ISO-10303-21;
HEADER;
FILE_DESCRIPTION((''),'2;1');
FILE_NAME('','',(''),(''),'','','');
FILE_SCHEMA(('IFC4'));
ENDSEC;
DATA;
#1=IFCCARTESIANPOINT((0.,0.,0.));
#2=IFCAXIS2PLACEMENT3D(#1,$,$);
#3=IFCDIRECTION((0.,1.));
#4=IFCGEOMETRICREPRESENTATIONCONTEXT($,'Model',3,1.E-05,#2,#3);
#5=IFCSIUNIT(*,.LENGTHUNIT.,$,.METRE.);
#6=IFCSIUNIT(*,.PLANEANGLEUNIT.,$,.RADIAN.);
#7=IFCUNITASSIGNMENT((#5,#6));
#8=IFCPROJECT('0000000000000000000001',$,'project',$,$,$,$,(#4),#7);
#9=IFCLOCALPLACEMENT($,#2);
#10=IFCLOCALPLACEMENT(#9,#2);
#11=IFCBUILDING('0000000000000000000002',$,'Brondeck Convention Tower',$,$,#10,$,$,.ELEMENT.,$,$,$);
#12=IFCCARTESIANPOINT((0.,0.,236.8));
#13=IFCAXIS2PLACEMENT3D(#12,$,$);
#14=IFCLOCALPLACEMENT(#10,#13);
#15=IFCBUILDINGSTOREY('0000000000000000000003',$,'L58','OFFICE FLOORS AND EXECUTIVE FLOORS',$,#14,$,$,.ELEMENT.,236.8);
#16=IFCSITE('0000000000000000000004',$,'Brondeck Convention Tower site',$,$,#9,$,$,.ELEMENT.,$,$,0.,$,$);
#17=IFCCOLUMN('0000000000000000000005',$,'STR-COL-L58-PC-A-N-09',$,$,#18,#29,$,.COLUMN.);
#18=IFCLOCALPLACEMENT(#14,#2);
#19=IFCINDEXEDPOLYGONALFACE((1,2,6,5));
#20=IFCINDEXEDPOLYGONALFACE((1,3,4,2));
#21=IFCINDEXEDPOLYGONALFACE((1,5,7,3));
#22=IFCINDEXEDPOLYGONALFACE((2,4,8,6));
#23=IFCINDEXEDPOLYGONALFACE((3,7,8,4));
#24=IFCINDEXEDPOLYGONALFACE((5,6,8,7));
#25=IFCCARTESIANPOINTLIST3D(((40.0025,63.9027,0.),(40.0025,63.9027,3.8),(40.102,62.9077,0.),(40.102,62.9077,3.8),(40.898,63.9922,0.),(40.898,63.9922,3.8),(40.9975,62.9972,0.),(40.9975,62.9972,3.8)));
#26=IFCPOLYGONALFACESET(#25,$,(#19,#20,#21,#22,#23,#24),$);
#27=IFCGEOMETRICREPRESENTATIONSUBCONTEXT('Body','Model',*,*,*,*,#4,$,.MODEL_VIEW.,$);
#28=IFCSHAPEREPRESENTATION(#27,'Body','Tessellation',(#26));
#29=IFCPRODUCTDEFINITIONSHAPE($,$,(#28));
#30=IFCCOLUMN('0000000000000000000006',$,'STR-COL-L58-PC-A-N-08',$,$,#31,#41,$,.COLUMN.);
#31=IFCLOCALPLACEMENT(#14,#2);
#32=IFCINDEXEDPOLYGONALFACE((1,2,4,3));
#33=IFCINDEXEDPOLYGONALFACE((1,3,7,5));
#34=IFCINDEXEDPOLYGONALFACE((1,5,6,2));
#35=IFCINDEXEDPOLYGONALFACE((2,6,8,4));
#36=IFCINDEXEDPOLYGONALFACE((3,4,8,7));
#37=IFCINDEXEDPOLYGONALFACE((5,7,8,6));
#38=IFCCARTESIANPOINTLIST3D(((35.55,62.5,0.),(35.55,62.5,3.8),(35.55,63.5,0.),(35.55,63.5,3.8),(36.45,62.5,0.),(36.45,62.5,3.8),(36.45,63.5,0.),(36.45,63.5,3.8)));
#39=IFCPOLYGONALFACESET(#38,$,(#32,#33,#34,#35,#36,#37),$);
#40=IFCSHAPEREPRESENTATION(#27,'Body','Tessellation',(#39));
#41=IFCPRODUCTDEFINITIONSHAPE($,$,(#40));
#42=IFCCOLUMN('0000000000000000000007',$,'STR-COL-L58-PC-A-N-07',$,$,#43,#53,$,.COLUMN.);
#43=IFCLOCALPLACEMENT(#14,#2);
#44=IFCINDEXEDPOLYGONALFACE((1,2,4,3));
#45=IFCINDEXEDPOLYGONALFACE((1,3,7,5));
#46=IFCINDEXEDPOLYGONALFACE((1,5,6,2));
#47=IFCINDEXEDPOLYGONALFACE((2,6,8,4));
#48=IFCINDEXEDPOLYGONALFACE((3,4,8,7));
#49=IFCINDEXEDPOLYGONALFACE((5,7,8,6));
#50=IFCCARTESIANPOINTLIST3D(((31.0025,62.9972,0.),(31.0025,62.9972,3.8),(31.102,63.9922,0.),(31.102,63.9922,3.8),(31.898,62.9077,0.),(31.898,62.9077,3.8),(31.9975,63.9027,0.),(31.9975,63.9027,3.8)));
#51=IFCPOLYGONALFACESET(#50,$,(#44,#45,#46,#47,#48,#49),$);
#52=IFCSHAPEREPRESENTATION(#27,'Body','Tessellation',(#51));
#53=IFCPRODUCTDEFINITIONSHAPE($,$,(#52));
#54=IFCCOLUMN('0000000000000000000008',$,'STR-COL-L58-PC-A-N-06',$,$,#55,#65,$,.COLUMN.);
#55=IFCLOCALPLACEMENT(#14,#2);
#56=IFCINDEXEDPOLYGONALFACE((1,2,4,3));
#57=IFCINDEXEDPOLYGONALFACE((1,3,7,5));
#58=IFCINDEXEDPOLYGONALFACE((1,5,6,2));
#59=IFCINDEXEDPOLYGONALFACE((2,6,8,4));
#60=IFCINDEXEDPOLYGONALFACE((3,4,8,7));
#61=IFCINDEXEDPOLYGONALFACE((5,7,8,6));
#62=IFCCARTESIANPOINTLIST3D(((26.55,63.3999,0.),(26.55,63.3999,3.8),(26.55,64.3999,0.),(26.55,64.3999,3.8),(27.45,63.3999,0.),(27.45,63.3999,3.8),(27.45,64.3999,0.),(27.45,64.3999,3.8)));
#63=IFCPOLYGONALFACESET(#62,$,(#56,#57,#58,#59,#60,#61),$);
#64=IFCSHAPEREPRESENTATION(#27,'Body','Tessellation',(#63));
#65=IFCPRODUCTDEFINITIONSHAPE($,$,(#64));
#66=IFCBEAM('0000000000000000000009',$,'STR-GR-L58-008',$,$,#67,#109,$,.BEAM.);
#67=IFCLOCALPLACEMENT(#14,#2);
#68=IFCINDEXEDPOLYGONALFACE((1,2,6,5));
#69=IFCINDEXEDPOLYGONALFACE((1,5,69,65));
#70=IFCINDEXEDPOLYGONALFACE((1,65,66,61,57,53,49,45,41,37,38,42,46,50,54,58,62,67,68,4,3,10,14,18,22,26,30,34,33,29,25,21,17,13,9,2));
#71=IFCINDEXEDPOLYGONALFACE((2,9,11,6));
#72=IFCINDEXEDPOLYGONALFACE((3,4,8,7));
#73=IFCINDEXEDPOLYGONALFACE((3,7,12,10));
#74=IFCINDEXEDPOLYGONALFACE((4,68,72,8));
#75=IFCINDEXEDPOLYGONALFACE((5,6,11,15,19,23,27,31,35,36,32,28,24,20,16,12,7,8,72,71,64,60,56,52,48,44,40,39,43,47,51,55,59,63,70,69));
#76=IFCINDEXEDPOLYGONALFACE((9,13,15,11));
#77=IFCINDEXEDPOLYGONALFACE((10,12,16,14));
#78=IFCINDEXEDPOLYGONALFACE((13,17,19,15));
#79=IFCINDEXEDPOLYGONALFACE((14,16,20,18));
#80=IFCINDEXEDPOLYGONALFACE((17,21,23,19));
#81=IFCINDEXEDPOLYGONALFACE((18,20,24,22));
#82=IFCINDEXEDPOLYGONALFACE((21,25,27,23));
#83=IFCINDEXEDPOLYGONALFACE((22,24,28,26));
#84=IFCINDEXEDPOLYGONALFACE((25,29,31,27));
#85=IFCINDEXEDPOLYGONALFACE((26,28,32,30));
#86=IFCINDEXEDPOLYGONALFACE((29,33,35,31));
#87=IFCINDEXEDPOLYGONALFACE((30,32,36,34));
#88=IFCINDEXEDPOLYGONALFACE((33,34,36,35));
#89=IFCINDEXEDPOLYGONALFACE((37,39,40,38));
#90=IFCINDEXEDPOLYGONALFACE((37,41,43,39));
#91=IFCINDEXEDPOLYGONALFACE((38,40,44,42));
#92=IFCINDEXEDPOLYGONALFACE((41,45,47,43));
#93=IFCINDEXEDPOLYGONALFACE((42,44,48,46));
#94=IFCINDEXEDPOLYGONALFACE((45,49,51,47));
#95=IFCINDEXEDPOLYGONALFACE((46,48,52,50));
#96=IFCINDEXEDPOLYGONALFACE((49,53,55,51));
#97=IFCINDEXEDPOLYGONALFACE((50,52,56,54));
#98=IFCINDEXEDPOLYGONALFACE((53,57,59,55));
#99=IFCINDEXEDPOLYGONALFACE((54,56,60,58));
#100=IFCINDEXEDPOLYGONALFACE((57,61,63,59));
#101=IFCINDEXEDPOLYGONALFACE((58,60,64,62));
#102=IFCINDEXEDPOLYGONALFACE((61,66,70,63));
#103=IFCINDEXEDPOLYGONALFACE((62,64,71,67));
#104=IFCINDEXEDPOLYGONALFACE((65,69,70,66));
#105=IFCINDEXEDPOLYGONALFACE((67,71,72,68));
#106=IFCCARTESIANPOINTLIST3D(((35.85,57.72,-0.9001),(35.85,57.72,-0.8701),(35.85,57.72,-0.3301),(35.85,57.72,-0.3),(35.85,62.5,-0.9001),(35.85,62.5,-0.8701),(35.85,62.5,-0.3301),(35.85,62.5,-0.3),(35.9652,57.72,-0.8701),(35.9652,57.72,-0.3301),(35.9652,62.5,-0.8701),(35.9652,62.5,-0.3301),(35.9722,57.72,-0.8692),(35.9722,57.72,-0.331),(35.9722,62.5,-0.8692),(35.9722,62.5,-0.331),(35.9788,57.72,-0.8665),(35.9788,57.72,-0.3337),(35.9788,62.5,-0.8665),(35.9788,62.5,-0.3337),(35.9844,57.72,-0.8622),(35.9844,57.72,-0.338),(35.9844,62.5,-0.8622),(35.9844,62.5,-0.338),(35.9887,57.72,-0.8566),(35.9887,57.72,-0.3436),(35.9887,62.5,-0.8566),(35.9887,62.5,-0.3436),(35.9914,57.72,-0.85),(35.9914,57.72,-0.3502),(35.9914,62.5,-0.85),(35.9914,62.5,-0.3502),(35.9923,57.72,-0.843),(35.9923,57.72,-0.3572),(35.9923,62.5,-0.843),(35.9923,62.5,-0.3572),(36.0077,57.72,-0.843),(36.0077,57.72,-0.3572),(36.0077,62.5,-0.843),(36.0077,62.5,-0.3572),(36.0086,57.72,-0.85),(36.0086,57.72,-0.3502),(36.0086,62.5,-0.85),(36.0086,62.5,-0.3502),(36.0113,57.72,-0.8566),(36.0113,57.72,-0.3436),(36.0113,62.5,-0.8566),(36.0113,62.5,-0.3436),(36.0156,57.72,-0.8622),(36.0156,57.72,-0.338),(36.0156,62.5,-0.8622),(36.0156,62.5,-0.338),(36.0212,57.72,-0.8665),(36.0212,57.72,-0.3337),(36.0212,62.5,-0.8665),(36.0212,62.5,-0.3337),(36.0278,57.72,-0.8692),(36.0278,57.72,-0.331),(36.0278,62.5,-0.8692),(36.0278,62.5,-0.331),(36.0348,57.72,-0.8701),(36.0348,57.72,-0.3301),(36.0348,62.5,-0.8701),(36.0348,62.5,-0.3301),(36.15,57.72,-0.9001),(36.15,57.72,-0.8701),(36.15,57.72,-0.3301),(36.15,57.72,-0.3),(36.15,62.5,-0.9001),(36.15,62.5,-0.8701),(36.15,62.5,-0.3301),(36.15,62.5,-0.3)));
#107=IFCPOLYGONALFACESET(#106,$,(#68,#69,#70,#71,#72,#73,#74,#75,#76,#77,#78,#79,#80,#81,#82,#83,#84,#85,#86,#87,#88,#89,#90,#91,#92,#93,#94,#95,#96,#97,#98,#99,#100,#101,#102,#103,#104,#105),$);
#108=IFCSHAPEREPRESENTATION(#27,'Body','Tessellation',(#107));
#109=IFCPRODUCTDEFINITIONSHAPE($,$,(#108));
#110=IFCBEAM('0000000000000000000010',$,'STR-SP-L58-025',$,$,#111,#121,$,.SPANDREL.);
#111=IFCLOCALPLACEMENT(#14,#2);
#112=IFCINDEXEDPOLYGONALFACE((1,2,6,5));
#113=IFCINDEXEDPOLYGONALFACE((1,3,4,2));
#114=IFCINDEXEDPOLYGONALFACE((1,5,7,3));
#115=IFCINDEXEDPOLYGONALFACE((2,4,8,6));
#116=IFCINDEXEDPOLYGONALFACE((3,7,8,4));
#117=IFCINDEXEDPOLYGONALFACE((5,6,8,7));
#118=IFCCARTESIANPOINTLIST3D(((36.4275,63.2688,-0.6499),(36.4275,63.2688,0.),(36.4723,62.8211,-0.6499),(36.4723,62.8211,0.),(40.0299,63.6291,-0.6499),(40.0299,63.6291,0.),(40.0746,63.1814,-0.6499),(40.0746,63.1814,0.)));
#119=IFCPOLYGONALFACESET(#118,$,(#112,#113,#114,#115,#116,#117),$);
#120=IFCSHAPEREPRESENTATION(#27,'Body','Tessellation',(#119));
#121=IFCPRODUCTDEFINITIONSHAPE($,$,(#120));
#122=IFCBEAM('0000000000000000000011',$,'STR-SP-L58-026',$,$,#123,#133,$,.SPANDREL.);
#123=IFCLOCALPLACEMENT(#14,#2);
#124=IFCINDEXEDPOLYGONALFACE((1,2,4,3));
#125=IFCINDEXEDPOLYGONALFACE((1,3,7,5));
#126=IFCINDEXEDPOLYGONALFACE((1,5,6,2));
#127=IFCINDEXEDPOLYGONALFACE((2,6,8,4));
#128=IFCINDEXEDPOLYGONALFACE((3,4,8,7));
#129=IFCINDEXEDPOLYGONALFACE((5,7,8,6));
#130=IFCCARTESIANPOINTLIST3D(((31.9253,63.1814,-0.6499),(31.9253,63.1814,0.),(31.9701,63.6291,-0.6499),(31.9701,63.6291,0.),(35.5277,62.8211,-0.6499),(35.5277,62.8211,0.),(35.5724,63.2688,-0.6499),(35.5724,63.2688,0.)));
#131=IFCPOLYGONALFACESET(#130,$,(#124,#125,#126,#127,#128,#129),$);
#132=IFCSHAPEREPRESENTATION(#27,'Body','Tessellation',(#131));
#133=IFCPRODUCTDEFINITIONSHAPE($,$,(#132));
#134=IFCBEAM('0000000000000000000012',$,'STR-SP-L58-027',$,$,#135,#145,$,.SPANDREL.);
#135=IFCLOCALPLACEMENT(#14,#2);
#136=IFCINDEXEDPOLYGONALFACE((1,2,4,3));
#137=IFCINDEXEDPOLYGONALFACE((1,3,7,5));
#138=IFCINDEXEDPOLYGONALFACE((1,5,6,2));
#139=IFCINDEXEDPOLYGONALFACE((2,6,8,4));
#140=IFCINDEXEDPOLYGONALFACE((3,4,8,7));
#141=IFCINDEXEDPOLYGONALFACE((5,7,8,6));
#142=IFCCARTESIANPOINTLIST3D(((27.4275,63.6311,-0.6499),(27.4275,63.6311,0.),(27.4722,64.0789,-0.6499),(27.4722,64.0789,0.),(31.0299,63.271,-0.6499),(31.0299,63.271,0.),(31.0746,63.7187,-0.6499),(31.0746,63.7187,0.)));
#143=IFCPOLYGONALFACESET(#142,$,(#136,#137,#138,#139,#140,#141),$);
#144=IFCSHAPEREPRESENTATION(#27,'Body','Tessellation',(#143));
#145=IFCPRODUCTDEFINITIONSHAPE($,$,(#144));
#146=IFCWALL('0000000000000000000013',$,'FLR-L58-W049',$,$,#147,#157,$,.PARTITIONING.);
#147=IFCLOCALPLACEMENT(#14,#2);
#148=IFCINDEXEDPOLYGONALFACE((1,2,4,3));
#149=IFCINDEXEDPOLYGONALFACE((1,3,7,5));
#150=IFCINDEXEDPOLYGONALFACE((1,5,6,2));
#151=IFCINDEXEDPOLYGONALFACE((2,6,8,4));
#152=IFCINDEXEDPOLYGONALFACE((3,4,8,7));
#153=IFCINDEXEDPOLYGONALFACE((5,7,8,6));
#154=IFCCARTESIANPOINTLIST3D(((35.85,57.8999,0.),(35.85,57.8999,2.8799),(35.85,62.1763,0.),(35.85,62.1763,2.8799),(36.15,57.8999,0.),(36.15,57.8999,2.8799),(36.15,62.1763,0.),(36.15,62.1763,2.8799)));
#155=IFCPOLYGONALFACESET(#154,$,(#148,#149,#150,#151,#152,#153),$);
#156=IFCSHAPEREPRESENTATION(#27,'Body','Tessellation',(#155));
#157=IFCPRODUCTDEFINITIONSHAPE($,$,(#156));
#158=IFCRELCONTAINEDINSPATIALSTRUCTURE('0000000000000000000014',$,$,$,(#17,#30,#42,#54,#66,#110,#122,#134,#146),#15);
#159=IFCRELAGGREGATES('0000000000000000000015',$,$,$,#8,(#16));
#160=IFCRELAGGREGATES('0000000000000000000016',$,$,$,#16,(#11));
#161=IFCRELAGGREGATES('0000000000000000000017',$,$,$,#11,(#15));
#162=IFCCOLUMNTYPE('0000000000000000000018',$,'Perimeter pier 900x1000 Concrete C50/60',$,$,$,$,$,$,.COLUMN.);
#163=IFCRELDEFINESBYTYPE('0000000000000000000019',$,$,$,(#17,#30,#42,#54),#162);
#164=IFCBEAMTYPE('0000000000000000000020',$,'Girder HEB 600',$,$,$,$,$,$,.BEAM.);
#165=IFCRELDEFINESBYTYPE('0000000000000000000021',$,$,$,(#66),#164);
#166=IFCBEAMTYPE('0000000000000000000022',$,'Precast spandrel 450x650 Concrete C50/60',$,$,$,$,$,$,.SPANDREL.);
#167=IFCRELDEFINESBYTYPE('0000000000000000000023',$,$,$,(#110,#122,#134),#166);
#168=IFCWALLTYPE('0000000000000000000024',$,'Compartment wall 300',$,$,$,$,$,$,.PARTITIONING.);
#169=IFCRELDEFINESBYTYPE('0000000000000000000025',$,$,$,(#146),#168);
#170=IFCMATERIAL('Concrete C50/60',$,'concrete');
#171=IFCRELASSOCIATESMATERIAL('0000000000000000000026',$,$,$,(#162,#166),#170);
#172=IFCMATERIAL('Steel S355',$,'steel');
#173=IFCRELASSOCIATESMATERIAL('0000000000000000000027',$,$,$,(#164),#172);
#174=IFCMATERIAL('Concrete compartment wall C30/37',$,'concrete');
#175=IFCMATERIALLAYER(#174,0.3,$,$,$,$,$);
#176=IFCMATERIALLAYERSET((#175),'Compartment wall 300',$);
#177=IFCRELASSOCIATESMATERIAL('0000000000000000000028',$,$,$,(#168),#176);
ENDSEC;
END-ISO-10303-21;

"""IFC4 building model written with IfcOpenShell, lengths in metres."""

from ifc_helpers import new_model, si_unit, direction, frame, frame_2d, origin, origin_2d, place, context, subcontext, project, spatial, rectangle, i_section, extrude, material, layer, layer_set, material_profile, profile_set, type_object, element, save


model = new_model("IFC4")

# Units and contexts
model_context = context("Model", 3, precision=1e-05, world=origin(), true_north=direction((0.0, 1.0)))
body_context = subcontext(model_context, "Body", "Model", "MODEL_VIEW")
ifc_project = project(units=[si_unit("LENGTHUNIT", "METRE"), si_unit("PLANEANGLEUNIT", "RADIAN")], contexts=[model_context])

# Site, building, storey
site_placement = place(None, origin())
site = spatial("IfcSite", under=ifc_project, at=site_placement, Name="Brondeck Convention Tower site", CompositionType="ELEMENT", RefElevation=0.0)
building_placement = place(site_placement, origin())
building = spatial("IfcBuilding", under=site, at=building_placement, Name="Brondeck Convention Tower", CompositionType="ELEMENT")
storey_placement = place(building_placement, frame((0.0, 0.0, 236.8)))
storey = spatial("IfcBuildingStorey", under=building, at=storey_placement, Name="L58", Description="OFFICE FLOORS AND EXECUTIVE FLOORS", CompositionType="ELEMENT", Elevation=236.8)

# Columns
ifc_material_1 = material(Name="Concrete C50/60", Category="concrete")
ifc_material_profile_1 = material_profile(ifc_material_1, rectangle(XDim=0.8999, YDim=1.0, at=origin_2d()), Name="Perimeter pier 900x1000 Concrete C50/60")
ifc_profile_set_1 = profile_set([ifc_material_profile_1], Name="Concrete C50/60")
column_type = type_object("IfcColumnType", Name="Perimeter pier 900x1000 Concrete C50/60", PredefinedType="COLUMN", material=ifc_profile_set_1)
for number, where, z_axis, x_axis, name in (
    (1, (40.5, 63.45, 0.0), (0.0, 0.0, 1.0), (-0.995037, -0.099504, 0.0), "STR-COL-L58-PC-A-N-09"),
    (2, (36.0, 63.0, 0.0), (0.0, 0.0, 1.0), (-1.0, 0.0, 0.0), "STR-COL-L58-PC-A-N-08"),
    (3, (31.5, 63.45, 0.0), (0.0, 0.0, 1.0), (-0.995037, 0.099504, 0.0), "STR-COL-L58-PC-A-N-07"),
    (4, (27.0, 63.8999, 0.0), (0.0, 0.0, 1.0), (-1.0, 0.0, 0.0), "STR-COL-L58-PC-A-N-06"),
):
    element("IfcColumn", number, at=place(storey_placement, frame(where, z_axis=z_axis, x_axis=x_axis)), inside=storey, type_object=column_type, Name=name, PredefinedType="COLUMN", context=body_context, shape_type="SweptSolid", body=[
        extrude(rectangle(XDim=0.8999, YDim=1.0, at=origin_2d()), origin(), (0.0, 0.0, 1.0), 3.8),
    ])

# Beams
ifc_material_2 = material(Name="Steel S355", Category="steel")
ifc_material_profile_2 = material_profile(ifc_material_2, i_section(OverallWidth=0.3, OverallDepth=0.6001, WebThickness=0.0154, FlangeThickness=0.03, FilletRadius=0.0271, at=origin_2d()), Name="HEB 600")
ifc_profile_set_2 = profile_set([ifc_material_profile_2], Name="Steel S355")
beam_type_1 = type_object("IfcBeamType", Name="Girder HEB 600", PredefinedType="BEAM", material=ifc_profile_set_2)
beam_placement = place(storey_placement, frame((36.0, 57.72, -0.6001), z_axis=(0.0, 1.0, 0.0), x_axis=(-1.0, 0.0, 0.0)))
element("IfcBeam", 5, at=beam_placement, inside=storey, type_object=beam_type_1, Name="STR-GR-L58-008", PredefinedType="BEAM", context=body_context, shape_type="SweptSolid", body=[
    extrude(i_section(OverallWidth=0.3, OverallDepth=0.6001, WebThickness=0.0154, FlangeThickness=0.03, FilletRadius=0.0271, at=origin_2d()), origin(), (0.0, 0.0, 1.0), 4.78),
])
ifc_material_profile_3 = material_profile(ifc_material_1, rectangle(XDim=0.45, YDim=0.6499, at=origin_2d()), Name="Precast spandrel 450x650 Concrete C50/60")
ifc_profile_set_3 = profile_set([ifc_material_profile_3], Name="Concrete C50/60")
beam_type_2 = type_object("IfcBeamType", Name="Precast spandrel 450x650 Concrete C50/60", PredefinedType="SPANDREL", material=ifc_profile_set_3)
for number, where, z_axis, x_axis, name in (
    (6, (40.0522, 63.4053, -0.325), (-0.995034, -0.099537, 0.0), (0.099537, -0.995034, 0.0), "STR-SP-L58-025"),
    (7, (35.55, 63.0449, -0.325), (-0.995034, 0.099537, 0.0), (-0.099537, -0.995034, 0.0), "STR-SP-L58-026"),
    (8, (31.0522, 63.4949, -0.325), (-0.995041, 0.09947, 0.0), (-0.09947, -0.995041, 0.0), "STR-SP-L58-027"),
):
    element("IfcBeam", number, at=place(storey_placement, frame(where, z_axis=z_axis, x_axis=x_axis)), inside=storey, type_object=beam_type_2, Name=name, PredefinedType="SPANDREL", context=body_context, shape_type="SweptSolid", body=[
        extrude(rectangle(XDim=0.45, YDim=0.6499, at=origin_2d()), origin(), (0.0, 0.0, 1.0), 3.6204),
    ])

# Wall
ifc_material_3 = material(Name="Concrete compartment wall C30/37", Category="concrete")
ifc_layer_1 = layer(ifc_material_3, 0.3)
ifc_layer_set_1 = layer_set([ifc_layer_1], Name="Compartment wall 300")
wall_type_1 = type_object("IfcWallType", Name="Compartment wall 300", PredefinedType="PARTITIONING", material=ifc_layer_set_1)
wall_1_placement = place(storey_placement, frame((36.0, 57.8999, 0.0), z_axis=(0.0, 0.0, 1.0), x_axis=(0.0, 1.0, 0.0)))
element("IfcWall", 9, at=wall_1_placement, inside=storey, type_object=wall_type_1, Name="FLR-L58-W049", PredefinedType="PARTITIONING", context=body_context, shape_type="SweptSolid", body=[
    extrude(rectangle(XDim=4.2764, YDim=0.3, at=frame_2d((2.1382, 0.0))), origin(), (0.0, 0.0, 1.0), 2.8799),
])

save(model, "model.ifc")
